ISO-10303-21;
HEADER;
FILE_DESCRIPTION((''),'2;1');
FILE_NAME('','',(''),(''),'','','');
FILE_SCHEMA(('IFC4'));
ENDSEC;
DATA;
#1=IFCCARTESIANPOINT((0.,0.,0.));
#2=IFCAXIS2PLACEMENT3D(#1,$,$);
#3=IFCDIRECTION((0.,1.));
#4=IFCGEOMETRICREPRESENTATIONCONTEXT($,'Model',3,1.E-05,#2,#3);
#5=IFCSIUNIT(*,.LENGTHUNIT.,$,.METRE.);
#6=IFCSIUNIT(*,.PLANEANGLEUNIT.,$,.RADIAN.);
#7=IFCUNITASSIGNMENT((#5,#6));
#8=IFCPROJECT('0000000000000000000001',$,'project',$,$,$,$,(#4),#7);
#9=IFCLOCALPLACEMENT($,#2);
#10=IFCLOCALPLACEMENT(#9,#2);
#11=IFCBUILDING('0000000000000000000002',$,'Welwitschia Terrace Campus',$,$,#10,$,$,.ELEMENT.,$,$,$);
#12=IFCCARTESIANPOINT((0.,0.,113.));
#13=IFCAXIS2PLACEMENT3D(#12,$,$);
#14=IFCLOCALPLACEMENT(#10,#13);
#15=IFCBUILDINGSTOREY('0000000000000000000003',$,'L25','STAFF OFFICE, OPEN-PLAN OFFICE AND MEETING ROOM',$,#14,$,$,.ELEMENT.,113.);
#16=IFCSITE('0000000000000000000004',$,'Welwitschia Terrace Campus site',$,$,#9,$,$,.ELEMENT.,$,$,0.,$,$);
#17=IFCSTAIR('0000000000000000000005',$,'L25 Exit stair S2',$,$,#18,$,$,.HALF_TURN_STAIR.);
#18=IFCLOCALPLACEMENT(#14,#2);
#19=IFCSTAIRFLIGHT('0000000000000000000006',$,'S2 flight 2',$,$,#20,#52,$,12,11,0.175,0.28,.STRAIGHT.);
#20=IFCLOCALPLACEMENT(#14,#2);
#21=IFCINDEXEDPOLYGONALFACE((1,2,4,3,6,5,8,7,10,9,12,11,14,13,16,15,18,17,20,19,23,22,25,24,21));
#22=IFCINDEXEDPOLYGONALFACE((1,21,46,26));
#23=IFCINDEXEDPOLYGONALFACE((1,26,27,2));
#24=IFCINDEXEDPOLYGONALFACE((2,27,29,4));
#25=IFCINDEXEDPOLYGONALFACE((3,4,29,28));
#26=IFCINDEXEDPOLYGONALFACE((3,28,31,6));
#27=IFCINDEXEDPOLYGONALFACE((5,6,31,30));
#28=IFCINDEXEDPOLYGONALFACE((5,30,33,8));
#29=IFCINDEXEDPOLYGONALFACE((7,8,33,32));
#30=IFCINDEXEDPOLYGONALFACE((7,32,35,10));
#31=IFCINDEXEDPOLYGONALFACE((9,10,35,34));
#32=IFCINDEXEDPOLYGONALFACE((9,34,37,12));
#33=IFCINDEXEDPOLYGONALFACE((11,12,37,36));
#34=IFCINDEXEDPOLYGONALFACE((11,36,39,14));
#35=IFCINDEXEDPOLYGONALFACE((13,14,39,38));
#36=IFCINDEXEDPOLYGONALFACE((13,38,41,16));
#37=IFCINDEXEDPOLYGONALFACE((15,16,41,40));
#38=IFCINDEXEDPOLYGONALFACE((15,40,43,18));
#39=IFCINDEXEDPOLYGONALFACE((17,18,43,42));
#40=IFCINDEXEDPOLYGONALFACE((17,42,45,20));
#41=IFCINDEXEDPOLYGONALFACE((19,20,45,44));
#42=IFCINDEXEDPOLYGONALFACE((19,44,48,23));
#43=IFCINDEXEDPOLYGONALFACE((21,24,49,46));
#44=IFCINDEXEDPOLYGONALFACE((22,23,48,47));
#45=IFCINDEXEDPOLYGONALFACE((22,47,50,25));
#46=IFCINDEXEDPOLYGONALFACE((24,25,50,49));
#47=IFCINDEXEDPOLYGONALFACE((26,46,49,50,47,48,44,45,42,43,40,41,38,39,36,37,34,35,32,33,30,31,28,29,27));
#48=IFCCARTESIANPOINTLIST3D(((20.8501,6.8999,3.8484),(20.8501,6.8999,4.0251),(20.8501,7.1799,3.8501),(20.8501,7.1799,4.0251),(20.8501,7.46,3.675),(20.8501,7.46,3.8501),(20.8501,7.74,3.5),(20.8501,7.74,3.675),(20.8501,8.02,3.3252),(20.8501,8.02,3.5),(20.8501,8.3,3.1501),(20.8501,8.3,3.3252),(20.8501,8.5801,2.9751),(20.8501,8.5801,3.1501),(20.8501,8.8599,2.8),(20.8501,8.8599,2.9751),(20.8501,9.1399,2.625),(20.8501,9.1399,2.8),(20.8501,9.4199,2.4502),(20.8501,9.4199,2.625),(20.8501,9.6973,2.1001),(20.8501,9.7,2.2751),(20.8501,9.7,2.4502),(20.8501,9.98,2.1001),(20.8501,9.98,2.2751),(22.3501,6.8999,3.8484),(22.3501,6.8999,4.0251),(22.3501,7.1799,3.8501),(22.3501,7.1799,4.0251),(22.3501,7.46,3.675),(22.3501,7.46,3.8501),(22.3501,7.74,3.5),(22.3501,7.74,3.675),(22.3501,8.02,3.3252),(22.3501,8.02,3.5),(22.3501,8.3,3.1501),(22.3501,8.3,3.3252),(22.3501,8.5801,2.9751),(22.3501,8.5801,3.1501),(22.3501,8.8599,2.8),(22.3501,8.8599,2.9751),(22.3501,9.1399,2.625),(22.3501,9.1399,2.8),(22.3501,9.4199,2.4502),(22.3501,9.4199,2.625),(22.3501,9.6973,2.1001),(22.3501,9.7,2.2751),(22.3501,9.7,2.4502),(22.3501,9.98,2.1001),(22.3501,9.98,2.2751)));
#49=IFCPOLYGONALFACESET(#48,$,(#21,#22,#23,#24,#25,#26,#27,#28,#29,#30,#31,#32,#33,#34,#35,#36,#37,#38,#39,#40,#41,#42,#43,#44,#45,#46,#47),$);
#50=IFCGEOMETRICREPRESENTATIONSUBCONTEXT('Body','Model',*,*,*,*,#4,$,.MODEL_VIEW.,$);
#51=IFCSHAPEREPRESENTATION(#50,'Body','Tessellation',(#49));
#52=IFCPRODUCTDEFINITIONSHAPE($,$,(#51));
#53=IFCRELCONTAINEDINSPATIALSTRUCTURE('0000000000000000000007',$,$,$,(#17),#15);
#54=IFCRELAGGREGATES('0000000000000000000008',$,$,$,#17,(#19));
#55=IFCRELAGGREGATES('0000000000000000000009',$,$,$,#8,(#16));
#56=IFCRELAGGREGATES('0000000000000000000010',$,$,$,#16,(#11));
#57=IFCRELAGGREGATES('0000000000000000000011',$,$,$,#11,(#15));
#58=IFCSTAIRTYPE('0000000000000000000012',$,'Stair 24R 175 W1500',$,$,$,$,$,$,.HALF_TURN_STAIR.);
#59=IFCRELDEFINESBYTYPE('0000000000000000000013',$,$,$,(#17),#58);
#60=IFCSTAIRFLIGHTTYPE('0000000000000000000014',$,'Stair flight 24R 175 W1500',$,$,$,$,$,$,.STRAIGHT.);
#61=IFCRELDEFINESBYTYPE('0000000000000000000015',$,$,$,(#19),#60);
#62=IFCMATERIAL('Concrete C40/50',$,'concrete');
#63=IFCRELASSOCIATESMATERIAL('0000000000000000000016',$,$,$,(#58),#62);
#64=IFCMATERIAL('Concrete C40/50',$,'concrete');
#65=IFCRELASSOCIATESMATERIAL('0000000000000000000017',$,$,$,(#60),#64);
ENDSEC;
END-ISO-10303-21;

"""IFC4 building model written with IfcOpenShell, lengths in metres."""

from ifc_helpers import new_model, si_unit, direction, frame, origin, place, context, subcontext, project, spatial, polyline, outline, extrude, material, type_object, element, aggregate, save


model = new_model("IFC4")

# Units and contexts
model_context = context("Model", 3, precision=1e-05, world=origin(), true_north=direction((0.0, 1.0)))
body_context = subcontext(model_context, "Body", "Model", "MODEL_VIEW")
ifc_project = project(units=[si_unit("LENGTHUNIT", "METRE"), si_unit("PLANEANGLEUNIT", "RADIAN")], contexts=[model_context])

# Site, building, storey
site_placement = place(None, origin())
site = spatial("IfcSite", under=ifc_project, at=site_placement, Name="Welwitschia Terrace Campus site", CompositionType="ELEMENT", RefElevation=0.0)
building_placement = place(site_placement, origin())
building = spatial("IfcBuilding", under=site, at=building_placement, Name="Welwitschia Terrace Campus", CompositionType="ELEMENT")
storey_placement = place(building_placement, frame((0.0, 0.0, 113.0)))
storey = spatial("IfcBuildingStorey", under=building, at=storey_placement, Name="L25", Description="STAFF OFFICE, OPEN-PLAN OFFICE AND MEETING ROOM", CompositionType="ELEMENT", Elevation=113.0)

# Stair, stair flight
ifc_material_1 = material(Name="Concrete C40/50", Category="concrete")
stair_type = type_object("IfcStairType", Name="Stair 24R 175 W1500", PredefinedType="HALF_TURN_STAIR", material=ifc_material_1)
stair_placement = place(storey_placement, origin())
stair = element("IfcStair", 1, at=stair_placement, inside=storey, type_object=stair_type, Name="L25 Exit stair S2", PredefinedType="HALF_TURN_STAIR")
ifc_material_2 = material(Name="Concrete C40/50", Category="concrete")
stair_flight_type = type_object("IfcStairFlightType", Name="Stair flight 24R 175 W1500", PredefinedType="STRAIGHT", material=ifc_material_2)
stair_flight_1_placement = place(storey_placement, frame((21.6001, 9.98, 2.1001), z_axis=(0.0, 0.0, 1.0), x_axis=(0.0, -1.0, 0.0)))
stair_flight_1 = element("IfcStairFlight", 2, at=stair_flight_1_placement, type_object=stair_flight_type, Name="S2 flight 2", NumberOfRisers=12, NumberOfTreads=11, PredefinedType="STRAIGHT", RiserHeight=0.175, TreadLength=0.28, context=body_context, shape_type="SweptSolid", body=[
    extrude(outline(polyline([(0.0, 0.0), (0.0, 0.175), (0.28, 0.175), (0.28, 0.3501), (0.5601, 0.3501), (0.5601, 0.5249), (0.8401, 0.5249), (0.8401, 0.7), (1.1201, 0.7), (1.1201, 0.875), (1.3999, 0.875), (1.3999, 1.05), (1.6799, 1.05), (1.6799, 1.2251), (1.96, 1.2251), (1.96, 1.3999), (2.24, 1.3999), (2.24, 1.575), (2.52, 1.575), (2.52, 1.75), (2.8, 1.75), (2.8, 1.925), (3.0801, 1.925), (3.0801, 2.1001), (3.0801, 1.7483), (0.2827, 0.0), (0.0, 0.0)])), frame((0.0, 0.75, 0.0), z_axis=(0.0, -1.0, 0.0), x_axis=(1.0, 0.0, 0.0)), (0.0, 0.0, 1.0), 1.5),
])
aggregate(stair, [stair_flight_1])

save(model, "model.ifc")
